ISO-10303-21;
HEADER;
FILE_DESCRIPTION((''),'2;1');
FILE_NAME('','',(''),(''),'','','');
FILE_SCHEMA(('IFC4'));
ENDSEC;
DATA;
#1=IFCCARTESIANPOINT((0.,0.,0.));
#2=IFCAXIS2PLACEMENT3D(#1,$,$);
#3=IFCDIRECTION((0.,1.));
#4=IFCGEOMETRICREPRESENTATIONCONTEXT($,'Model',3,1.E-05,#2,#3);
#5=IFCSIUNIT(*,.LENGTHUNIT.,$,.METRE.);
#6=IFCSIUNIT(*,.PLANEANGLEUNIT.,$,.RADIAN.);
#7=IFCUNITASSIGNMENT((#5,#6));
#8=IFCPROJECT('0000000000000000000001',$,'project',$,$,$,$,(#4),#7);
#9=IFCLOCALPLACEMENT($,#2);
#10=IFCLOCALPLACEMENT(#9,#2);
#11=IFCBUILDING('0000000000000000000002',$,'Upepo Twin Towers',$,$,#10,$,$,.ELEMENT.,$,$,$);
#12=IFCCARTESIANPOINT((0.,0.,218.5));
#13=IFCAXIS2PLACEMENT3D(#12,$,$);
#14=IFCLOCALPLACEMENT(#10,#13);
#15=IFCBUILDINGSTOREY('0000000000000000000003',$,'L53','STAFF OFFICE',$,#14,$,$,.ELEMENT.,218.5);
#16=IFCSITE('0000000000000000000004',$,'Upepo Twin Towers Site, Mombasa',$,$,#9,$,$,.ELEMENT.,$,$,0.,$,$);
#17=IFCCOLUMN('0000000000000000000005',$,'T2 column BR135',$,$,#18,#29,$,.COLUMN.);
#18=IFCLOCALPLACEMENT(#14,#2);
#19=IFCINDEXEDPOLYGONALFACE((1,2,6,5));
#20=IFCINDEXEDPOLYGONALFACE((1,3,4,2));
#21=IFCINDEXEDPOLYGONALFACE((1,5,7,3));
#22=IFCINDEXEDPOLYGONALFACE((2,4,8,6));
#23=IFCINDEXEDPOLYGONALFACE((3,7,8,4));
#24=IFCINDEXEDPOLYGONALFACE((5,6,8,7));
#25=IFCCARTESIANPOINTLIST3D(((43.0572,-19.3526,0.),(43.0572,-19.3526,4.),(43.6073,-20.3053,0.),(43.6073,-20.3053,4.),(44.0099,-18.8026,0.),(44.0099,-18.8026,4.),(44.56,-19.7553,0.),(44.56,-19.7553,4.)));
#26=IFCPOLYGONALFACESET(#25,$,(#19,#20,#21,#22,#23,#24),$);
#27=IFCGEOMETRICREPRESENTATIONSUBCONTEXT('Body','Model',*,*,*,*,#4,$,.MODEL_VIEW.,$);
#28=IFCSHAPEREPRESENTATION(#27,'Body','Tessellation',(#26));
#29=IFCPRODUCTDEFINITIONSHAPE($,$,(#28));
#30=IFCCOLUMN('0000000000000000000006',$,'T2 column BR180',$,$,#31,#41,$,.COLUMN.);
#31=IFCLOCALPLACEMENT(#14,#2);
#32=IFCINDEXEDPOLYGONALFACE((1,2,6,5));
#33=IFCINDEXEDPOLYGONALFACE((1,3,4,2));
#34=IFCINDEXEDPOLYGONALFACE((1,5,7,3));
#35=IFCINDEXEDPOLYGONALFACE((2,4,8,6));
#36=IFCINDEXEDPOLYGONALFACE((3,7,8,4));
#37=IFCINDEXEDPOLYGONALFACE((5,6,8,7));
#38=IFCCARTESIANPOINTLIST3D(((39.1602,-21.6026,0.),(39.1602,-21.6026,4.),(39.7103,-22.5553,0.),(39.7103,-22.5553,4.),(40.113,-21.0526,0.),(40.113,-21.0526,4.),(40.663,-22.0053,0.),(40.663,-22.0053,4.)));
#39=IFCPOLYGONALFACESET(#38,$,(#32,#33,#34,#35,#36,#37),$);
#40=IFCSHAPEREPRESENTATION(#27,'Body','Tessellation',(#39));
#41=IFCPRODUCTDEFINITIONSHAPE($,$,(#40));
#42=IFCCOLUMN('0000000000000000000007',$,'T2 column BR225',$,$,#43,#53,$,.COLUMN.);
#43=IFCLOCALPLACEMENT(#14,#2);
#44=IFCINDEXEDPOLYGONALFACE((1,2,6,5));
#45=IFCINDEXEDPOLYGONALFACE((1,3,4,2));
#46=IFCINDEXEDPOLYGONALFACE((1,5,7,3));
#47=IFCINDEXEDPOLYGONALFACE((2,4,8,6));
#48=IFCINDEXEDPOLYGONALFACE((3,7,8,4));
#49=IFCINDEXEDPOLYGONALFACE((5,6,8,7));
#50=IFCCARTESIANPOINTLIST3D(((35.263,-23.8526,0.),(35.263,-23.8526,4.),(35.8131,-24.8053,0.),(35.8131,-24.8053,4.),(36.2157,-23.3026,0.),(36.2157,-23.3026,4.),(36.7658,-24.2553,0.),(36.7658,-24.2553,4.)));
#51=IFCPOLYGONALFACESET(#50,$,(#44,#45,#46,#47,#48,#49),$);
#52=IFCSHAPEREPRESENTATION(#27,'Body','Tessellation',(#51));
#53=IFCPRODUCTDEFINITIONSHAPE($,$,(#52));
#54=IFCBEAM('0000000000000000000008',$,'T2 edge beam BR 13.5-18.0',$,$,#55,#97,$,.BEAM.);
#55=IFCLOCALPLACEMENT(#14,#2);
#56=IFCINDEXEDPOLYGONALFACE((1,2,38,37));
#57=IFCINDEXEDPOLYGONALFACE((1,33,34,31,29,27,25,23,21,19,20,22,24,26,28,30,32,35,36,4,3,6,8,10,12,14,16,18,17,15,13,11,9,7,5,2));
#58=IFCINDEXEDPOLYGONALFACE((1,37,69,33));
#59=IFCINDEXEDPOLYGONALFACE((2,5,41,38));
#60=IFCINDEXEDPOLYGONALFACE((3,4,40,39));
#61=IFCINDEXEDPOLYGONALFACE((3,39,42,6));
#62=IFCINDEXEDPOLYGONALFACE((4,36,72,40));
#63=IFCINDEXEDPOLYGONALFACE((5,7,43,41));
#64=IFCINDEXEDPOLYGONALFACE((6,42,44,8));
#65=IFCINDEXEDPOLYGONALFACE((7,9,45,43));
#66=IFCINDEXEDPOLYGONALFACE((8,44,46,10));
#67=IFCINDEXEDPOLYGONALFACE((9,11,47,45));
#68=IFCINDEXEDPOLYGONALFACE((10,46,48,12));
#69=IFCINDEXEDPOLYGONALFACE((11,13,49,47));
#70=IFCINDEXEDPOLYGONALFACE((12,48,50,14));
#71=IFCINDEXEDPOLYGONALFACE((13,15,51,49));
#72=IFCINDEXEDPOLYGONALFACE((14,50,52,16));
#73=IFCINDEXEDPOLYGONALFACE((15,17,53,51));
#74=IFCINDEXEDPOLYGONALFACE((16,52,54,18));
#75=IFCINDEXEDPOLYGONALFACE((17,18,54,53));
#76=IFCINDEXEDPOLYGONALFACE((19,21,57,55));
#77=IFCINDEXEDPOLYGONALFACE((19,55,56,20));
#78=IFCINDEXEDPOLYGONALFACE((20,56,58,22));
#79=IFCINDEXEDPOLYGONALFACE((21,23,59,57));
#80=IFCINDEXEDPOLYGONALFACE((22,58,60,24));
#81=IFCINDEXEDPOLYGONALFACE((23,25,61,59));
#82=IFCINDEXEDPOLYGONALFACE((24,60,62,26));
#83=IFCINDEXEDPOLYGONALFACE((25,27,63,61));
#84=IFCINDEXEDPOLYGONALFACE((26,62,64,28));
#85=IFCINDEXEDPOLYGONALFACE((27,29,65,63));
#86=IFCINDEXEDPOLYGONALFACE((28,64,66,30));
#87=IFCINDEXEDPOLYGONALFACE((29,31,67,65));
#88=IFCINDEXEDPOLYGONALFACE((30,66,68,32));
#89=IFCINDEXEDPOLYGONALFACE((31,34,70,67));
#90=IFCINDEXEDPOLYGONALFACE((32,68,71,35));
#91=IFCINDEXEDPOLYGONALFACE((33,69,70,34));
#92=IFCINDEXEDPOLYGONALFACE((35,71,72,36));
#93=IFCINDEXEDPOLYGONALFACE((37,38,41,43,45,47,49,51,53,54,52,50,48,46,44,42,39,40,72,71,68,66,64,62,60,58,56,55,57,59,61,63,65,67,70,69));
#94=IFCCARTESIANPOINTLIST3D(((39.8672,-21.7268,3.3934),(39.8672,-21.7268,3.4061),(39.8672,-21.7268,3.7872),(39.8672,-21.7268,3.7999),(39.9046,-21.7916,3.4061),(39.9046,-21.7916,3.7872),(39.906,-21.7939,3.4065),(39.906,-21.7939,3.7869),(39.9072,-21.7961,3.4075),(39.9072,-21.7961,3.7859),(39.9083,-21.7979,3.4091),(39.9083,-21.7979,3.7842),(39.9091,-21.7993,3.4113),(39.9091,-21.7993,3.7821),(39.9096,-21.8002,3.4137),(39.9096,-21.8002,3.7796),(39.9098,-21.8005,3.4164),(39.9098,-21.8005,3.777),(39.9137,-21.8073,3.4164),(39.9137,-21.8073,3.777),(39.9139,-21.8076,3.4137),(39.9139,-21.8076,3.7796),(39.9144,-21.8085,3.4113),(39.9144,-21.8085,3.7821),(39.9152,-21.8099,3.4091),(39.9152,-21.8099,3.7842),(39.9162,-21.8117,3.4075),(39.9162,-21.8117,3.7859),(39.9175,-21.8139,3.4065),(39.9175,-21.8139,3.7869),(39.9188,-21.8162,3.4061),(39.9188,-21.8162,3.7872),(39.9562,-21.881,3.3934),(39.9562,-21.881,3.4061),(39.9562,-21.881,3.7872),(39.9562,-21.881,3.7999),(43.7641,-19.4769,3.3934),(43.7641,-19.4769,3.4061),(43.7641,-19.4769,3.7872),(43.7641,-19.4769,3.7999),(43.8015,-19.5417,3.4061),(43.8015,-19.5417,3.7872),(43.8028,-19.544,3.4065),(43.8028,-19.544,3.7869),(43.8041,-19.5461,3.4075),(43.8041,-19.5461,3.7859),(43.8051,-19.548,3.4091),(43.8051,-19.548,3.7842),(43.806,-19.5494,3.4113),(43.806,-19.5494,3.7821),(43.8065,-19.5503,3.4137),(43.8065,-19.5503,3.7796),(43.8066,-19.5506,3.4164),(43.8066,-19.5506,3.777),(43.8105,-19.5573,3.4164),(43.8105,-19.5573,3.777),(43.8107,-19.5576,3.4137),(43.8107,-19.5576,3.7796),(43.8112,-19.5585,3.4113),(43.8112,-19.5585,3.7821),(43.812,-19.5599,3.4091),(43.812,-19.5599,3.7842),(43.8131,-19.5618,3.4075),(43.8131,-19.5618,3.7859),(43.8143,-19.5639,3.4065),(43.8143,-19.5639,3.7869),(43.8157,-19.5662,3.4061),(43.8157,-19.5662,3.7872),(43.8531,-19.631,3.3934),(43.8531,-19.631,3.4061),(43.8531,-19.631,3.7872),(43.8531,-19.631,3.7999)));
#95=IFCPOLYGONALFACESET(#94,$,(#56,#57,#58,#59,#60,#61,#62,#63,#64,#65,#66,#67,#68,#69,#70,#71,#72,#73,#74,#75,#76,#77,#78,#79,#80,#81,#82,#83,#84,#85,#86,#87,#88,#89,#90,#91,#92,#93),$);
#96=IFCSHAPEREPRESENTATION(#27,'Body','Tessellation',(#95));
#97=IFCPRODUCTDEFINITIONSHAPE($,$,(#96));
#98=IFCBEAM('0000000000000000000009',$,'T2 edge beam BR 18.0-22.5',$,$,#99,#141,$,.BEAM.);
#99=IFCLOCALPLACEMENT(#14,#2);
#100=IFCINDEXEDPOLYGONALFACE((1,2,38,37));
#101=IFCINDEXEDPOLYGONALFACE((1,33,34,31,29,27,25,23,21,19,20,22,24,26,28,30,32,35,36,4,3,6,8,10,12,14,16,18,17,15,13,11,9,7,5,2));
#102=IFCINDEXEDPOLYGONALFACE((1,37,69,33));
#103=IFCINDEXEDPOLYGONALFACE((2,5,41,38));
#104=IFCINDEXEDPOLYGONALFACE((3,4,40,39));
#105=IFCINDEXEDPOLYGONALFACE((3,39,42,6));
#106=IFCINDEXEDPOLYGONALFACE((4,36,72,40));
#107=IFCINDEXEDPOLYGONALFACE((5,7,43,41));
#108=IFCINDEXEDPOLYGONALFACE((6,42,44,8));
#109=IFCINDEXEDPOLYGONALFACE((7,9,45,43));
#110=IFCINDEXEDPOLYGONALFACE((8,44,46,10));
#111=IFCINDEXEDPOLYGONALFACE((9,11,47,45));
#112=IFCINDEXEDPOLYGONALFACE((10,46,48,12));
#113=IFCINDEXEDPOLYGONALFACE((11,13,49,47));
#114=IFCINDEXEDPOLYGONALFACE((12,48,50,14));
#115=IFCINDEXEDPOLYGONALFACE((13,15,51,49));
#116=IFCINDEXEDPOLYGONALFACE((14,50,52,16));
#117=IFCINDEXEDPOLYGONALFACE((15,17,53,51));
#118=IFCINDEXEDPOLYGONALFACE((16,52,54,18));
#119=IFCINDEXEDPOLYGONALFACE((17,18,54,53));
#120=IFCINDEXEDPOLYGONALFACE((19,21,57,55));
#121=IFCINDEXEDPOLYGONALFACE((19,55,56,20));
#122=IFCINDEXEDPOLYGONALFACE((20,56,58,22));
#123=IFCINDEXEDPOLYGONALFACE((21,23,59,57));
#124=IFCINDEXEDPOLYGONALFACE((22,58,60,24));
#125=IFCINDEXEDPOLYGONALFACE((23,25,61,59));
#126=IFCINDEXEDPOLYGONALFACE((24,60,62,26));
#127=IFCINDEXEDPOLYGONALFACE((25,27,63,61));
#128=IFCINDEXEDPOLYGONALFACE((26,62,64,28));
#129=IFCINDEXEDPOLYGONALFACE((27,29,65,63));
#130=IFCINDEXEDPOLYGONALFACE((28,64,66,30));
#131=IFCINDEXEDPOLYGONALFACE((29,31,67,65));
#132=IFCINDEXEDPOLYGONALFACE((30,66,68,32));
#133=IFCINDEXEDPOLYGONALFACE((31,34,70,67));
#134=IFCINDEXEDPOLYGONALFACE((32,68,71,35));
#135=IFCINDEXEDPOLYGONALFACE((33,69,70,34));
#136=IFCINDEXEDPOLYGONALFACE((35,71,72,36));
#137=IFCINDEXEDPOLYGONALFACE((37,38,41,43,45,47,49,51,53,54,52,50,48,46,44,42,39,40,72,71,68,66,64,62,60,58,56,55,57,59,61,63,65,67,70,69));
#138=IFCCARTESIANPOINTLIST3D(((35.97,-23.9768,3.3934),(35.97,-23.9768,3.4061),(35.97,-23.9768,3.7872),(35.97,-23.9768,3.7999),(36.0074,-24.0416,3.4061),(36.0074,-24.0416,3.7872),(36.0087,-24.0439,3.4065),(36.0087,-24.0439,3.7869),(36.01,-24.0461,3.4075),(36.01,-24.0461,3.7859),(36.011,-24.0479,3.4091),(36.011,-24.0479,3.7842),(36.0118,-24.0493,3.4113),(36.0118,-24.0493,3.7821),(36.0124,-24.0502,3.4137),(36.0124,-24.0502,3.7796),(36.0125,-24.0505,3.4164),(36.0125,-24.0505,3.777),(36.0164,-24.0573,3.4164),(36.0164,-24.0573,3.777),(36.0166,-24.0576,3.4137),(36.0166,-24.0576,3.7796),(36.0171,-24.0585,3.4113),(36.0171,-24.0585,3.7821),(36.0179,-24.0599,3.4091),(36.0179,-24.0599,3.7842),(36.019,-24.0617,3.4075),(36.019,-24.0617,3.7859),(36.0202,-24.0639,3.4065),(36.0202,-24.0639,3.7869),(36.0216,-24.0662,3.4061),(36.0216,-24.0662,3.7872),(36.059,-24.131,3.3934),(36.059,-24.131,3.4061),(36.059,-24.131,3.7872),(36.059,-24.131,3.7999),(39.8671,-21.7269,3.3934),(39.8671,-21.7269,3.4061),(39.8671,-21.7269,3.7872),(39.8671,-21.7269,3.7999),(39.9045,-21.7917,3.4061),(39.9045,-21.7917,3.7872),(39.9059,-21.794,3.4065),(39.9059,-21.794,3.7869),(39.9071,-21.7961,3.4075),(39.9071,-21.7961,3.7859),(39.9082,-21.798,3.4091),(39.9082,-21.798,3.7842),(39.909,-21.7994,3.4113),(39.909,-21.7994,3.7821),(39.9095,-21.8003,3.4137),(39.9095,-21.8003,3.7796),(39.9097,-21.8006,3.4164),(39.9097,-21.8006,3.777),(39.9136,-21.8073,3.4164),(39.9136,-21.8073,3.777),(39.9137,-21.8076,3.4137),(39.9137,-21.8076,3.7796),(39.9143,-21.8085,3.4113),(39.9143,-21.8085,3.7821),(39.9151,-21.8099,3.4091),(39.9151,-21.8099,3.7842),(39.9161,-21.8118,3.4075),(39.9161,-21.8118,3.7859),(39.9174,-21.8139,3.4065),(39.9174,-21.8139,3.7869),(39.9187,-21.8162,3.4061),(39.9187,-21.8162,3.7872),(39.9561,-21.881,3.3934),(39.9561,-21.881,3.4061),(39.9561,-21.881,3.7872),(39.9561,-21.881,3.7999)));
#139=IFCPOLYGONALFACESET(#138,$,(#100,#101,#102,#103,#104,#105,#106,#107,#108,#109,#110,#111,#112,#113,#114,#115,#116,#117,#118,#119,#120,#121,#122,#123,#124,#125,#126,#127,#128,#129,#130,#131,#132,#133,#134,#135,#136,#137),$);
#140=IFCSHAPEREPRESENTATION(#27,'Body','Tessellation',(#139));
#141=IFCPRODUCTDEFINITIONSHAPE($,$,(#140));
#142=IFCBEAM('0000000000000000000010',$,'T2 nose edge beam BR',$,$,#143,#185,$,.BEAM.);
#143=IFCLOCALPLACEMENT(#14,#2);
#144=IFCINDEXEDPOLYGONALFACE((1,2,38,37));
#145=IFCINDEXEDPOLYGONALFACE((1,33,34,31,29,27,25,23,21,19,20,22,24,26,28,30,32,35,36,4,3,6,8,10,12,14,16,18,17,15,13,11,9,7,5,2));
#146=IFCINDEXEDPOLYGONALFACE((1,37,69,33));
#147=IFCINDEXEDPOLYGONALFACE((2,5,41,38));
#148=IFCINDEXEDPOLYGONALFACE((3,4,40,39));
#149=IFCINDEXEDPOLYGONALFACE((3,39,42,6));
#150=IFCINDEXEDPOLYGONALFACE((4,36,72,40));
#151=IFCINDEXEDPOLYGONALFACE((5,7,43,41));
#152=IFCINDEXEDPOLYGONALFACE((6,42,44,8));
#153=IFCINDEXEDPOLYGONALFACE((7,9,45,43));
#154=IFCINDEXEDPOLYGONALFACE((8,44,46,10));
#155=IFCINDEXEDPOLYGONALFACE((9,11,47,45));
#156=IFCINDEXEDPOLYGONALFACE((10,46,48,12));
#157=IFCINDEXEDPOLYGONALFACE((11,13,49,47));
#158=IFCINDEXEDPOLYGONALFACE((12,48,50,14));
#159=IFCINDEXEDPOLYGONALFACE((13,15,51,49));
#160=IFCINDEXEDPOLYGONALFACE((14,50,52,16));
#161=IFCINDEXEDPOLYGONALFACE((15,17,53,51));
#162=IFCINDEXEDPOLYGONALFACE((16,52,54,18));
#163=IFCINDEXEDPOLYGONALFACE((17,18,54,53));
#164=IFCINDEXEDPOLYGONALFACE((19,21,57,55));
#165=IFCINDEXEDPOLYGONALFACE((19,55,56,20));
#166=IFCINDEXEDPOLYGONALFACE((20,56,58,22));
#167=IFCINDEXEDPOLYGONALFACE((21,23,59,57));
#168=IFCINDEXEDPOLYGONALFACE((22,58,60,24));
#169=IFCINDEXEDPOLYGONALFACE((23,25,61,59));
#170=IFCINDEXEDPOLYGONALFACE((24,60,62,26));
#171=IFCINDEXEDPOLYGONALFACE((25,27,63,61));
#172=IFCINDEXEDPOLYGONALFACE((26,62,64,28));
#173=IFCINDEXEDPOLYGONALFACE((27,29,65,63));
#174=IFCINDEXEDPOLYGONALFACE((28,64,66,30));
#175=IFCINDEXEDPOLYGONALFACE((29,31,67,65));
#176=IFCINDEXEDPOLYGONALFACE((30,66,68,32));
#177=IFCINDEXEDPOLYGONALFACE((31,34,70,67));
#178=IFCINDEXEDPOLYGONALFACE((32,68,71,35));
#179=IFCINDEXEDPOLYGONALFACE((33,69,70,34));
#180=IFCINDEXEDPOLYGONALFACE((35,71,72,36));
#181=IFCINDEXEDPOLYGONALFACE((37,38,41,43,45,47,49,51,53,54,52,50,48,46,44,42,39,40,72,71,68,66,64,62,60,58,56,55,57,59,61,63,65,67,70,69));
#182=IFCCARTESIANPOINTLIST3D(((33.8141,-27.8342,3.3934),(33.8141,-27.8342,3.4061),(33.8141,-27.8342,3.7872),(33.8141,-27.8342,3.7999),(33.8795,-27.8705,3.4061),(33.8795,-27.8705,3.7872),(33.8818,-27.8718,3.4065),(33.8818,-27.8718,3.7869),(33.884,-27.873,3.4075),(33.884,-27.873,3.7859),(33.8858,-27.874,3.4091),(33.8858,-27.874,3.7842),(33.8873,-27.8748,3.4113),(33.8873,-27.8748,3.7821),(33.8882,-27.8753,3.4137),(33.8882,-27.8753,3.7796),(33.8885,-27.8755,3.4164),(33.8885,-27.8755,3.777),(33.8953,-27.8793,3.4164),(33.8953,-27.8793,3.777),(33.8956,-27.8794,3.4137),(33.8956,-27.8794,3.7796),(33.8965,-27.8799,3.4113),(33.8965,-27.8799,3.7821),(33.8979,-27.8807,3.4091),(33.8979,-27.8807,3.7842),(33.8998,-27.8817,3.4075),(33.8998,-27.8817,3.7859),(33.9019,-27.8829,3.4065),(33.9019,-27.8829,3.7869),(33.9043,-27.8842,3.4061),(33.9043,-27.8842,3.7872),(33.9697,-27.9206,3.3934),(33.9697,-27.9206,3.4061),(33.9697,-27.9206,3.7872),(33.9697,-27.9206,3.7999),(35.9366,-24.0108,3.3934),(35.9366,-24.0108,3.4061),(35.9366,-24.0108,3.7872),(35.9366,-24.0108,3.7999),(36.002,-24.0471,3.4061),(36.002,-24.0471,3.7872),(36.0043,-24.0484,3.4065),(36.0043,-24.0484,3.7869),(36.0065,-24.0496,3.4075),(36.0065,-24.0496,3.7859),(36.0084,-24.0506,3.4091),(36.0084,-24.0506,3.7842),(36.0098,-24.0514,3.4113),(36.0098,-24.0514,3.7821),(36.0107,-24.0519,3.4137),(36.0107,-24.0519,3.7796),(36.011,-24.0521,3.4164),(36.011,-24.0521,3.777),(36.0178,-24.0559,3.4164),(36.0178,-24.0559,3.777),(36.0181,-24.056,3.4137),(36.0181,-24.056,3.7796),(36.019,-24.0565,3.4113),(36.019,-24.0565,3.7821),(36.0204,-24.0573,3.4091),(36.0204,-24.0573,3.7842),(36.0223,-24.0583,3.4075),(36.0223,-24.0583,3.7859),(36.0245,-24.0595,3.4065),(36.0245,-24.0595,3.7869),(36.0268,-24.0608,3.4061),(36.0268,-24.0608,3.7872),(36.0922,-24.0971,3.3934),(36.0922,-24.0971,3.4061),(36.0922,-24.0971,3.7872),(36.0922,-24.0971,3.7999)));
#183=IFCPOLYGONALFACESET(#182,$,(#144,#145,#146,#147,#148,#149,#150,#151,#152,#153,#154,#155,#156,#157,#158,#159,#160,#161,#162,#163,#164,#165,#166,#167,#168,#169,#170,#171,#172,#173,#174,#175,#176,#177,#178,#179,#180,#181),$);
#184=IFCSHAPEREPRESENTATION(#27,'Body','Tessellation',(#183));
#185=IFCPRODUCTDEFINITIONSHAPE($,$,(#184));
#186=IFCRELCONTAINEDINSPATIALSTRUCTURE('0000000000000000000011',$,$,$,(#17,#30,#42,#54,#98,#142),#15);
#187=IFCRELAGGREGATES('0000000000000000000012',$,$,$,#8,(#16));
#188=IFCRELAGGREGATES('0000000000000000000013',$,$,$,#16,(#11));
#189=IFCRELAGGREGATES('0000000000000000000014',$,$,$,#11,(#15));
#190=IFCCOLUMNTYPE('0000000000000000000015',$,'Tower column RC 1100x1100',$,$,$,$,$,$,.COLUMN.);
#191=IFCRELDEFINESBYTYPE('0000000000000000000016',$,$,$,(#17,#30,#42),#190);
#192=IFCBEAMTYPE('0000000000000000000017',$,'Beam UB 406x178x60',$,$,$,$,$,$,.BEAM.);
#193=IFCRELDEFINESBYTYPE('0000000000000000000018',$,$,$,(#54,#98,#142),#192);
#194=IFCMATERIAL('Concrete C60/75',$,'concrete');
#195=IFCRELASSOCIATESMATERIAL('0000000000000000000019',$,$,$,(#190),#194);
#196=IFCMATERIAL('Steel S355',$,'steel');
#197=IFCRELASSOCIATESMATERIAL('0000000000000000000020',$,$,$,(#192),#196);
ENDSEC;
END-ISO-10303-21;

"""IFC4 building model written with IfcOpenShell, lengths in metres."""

from ifc_helpers import new_model, si_unit, direction, frame, origin, origin_2d, place, context, subcontext, project, spatial, rectangle, i_section, extrude, material, material_profile, profile_set, type_object, element, save


model = new_model("IFC4")

# Units and contexts
model_context = context("Model", 3, precision=1e-05, world=origin(), true_north=direction((0.0, 1.0)))
body_context = subcontext(model_context, "Body", "Model", "MODEL_VIEW")
ifc_project = project(units=[si_unit("LENGTHUNIT", "METRE"), si_unit("PLANEANGLEUNIT", "RADIAN")], contexts=[model_context])

# Site, building, storey
site_placement = place(None, origin())
site = spatial("IfcSite", under=ifc_project, at=site_placement, Name="Upepo Twin Towers Site, Mombasa", CompositionType="ELEMENT", RefElevation=0.0)
building_placement = place(site_placement, origin())
building = spatial("IfcBuilding", under=site, at=building_placement, Name="Upepo Twin Towers", CompositionType="ELEMENT")
storey_placement = place(building_placement, frame((0.0, 0.0, 218.5)))
storey = spatial("IfcBuildingStorey", under=building, at=storey_placement, Name="L53", Description="STAFF OFFICE", CompositionType="ELEMENT", Elevation=218.5)

# Columns
ifc_material_1 = material(Name="Concrete C60/75", Category="concrete")
ifc_material_profile_1 = material_profile(ifc_material_1, rectangle(XDim=1.1001, YDim=1.1001, at=origin_2d()), Name="RC 1100x1100")
ifc_profile_set_1 = profile_set([ifc_material_profile_1], Name="Concrete C60/75")
column_type = type_object("IfcColumnType", Name="Tower column RC 1100x1100", PredefinedType="COLUMN", material=ifc_profile_set_1)
for number, where, z_axis, x_axis, name in (
    (1, (43.8086, -19.554, 0.0), (0.0, 0.0, 1.0), (0.866025, 0.5, 0.0), "T2 column BR135"),
    (2, (39.9116, -21.804, 0.0), (0.0, 0.0, 1.0), (0.866025, 0.5, 0.0), "T2 column BR180"),
    (3, (36.0144, -24.054, 0.0), (0.0, 0.0, 1.0), (0.866025, 0.5, 0.0), "T2 column BR225"),
):
    element("IfcColumn", number, at=place(storey_placement, frame(where, z_axis=z_axis, x_axis=x_axis)), inside=storey, type_object=column_type, Name=name, PredefinedType="COLUMN", context=body_context, shape_type="SweptSolid", body=[
        extrude(rectangle(XDim=1.1001, YDim=1.1001, at=origin_2d()), origin(), (0.0, 0.0, 1.0), 4.0),
    ])

# Beams
ifc_material_2 = material(Name="Steel S355", Category="steel")
ifc_material_profile_2 = material_profile(ifc_material_2, i_section(OverallWidth=0.178, OverallDepth=0.4065, WebThickness=0.0078, FlangeThickness=0.0127, FilletRadius=0.0103, at=origin_2d()), Name="UB 406x178x60")
ifc_profile_set_2 = profile_set([ifc_material_profile_2], Name="Steel S355")
beam_type_1 = type_object("IfcBeamType", Name="Beam UB 406x178x60", PredefinedType="BEAM", material=ifc_profile_set_2)
beam_1_placement = place(storey_placement, frame((43.8086, -19.554, 3.5967), z_axis=(-0.866018, -0.500014, 0.0), x_axis=(0.500014, -0.866018, 0.0)))
element("IfcBeam", 4, at=beam_1_placement, inside=storey, type_object=beam_type_1, Name="T2 edge beam BR 13.5-18.0", PredefinedType="BEAM", context=body_context, shape_type="SweptSolid", body=[
    extrude(i_section(OverallWidth=0.178, OverallDepth=0.4065, WebThickness=0.0078, FlangeThickness=0.0127, FilletRadius=0.0103, at=origin_2d()), origin(), (0.0, 0.0, 1.0), 4.4998),
])
beam_2_placement = place(storey_placement, frame((39.9116, -21.804, 3.5967), z_axis=(-0.866031, -0.49999, 0.0), x_axis=(0.49999, -0.866031, 0.0)))
element("IfcBeam", 5, at=beam_2_placement, inside=storey, type_object=beam_type_1, Name="T2 edge beam BR 18.0-22.5", PredefinedType="BEAM", context=body_context, shape_type="SweptSolid", body=[
    extrude(i_section(OverallWidth=0.178, OverallDepth=0.4065, WebThickness=0.0078, FlangeThickness=0.0127, FilletRadius=0.0103, at=origin_2d()), origin(), (0.0, 0.0, 1.0), 4.5),
])
beam_3_placement = place(storey_placement, frame((36.0144, -24.054, 3.5967), z_axis=(-0.485363, -0.874313, 0.0), x_axis=(0.874313, -0.485363, 0.0)))
element("IfcBeam", 6, at=beam_3_placement, inside=storey, type_object=beam_type_1, Name="T2 nose edge beam BR", PredefinedType="BEAM", context=body_context, shape_type="SweptSolid", body=[
    extrude(i_section(OverallWidth=0.178, OverallDepth=0.4065, WebThickness=0.0078, FlangeThickness=0.0127, FilletRadius=0.0103, at=origin_2d()), origin(), (0.0, 0.0, 1.0), 4.373),
])

save(model, "model.ifc")
